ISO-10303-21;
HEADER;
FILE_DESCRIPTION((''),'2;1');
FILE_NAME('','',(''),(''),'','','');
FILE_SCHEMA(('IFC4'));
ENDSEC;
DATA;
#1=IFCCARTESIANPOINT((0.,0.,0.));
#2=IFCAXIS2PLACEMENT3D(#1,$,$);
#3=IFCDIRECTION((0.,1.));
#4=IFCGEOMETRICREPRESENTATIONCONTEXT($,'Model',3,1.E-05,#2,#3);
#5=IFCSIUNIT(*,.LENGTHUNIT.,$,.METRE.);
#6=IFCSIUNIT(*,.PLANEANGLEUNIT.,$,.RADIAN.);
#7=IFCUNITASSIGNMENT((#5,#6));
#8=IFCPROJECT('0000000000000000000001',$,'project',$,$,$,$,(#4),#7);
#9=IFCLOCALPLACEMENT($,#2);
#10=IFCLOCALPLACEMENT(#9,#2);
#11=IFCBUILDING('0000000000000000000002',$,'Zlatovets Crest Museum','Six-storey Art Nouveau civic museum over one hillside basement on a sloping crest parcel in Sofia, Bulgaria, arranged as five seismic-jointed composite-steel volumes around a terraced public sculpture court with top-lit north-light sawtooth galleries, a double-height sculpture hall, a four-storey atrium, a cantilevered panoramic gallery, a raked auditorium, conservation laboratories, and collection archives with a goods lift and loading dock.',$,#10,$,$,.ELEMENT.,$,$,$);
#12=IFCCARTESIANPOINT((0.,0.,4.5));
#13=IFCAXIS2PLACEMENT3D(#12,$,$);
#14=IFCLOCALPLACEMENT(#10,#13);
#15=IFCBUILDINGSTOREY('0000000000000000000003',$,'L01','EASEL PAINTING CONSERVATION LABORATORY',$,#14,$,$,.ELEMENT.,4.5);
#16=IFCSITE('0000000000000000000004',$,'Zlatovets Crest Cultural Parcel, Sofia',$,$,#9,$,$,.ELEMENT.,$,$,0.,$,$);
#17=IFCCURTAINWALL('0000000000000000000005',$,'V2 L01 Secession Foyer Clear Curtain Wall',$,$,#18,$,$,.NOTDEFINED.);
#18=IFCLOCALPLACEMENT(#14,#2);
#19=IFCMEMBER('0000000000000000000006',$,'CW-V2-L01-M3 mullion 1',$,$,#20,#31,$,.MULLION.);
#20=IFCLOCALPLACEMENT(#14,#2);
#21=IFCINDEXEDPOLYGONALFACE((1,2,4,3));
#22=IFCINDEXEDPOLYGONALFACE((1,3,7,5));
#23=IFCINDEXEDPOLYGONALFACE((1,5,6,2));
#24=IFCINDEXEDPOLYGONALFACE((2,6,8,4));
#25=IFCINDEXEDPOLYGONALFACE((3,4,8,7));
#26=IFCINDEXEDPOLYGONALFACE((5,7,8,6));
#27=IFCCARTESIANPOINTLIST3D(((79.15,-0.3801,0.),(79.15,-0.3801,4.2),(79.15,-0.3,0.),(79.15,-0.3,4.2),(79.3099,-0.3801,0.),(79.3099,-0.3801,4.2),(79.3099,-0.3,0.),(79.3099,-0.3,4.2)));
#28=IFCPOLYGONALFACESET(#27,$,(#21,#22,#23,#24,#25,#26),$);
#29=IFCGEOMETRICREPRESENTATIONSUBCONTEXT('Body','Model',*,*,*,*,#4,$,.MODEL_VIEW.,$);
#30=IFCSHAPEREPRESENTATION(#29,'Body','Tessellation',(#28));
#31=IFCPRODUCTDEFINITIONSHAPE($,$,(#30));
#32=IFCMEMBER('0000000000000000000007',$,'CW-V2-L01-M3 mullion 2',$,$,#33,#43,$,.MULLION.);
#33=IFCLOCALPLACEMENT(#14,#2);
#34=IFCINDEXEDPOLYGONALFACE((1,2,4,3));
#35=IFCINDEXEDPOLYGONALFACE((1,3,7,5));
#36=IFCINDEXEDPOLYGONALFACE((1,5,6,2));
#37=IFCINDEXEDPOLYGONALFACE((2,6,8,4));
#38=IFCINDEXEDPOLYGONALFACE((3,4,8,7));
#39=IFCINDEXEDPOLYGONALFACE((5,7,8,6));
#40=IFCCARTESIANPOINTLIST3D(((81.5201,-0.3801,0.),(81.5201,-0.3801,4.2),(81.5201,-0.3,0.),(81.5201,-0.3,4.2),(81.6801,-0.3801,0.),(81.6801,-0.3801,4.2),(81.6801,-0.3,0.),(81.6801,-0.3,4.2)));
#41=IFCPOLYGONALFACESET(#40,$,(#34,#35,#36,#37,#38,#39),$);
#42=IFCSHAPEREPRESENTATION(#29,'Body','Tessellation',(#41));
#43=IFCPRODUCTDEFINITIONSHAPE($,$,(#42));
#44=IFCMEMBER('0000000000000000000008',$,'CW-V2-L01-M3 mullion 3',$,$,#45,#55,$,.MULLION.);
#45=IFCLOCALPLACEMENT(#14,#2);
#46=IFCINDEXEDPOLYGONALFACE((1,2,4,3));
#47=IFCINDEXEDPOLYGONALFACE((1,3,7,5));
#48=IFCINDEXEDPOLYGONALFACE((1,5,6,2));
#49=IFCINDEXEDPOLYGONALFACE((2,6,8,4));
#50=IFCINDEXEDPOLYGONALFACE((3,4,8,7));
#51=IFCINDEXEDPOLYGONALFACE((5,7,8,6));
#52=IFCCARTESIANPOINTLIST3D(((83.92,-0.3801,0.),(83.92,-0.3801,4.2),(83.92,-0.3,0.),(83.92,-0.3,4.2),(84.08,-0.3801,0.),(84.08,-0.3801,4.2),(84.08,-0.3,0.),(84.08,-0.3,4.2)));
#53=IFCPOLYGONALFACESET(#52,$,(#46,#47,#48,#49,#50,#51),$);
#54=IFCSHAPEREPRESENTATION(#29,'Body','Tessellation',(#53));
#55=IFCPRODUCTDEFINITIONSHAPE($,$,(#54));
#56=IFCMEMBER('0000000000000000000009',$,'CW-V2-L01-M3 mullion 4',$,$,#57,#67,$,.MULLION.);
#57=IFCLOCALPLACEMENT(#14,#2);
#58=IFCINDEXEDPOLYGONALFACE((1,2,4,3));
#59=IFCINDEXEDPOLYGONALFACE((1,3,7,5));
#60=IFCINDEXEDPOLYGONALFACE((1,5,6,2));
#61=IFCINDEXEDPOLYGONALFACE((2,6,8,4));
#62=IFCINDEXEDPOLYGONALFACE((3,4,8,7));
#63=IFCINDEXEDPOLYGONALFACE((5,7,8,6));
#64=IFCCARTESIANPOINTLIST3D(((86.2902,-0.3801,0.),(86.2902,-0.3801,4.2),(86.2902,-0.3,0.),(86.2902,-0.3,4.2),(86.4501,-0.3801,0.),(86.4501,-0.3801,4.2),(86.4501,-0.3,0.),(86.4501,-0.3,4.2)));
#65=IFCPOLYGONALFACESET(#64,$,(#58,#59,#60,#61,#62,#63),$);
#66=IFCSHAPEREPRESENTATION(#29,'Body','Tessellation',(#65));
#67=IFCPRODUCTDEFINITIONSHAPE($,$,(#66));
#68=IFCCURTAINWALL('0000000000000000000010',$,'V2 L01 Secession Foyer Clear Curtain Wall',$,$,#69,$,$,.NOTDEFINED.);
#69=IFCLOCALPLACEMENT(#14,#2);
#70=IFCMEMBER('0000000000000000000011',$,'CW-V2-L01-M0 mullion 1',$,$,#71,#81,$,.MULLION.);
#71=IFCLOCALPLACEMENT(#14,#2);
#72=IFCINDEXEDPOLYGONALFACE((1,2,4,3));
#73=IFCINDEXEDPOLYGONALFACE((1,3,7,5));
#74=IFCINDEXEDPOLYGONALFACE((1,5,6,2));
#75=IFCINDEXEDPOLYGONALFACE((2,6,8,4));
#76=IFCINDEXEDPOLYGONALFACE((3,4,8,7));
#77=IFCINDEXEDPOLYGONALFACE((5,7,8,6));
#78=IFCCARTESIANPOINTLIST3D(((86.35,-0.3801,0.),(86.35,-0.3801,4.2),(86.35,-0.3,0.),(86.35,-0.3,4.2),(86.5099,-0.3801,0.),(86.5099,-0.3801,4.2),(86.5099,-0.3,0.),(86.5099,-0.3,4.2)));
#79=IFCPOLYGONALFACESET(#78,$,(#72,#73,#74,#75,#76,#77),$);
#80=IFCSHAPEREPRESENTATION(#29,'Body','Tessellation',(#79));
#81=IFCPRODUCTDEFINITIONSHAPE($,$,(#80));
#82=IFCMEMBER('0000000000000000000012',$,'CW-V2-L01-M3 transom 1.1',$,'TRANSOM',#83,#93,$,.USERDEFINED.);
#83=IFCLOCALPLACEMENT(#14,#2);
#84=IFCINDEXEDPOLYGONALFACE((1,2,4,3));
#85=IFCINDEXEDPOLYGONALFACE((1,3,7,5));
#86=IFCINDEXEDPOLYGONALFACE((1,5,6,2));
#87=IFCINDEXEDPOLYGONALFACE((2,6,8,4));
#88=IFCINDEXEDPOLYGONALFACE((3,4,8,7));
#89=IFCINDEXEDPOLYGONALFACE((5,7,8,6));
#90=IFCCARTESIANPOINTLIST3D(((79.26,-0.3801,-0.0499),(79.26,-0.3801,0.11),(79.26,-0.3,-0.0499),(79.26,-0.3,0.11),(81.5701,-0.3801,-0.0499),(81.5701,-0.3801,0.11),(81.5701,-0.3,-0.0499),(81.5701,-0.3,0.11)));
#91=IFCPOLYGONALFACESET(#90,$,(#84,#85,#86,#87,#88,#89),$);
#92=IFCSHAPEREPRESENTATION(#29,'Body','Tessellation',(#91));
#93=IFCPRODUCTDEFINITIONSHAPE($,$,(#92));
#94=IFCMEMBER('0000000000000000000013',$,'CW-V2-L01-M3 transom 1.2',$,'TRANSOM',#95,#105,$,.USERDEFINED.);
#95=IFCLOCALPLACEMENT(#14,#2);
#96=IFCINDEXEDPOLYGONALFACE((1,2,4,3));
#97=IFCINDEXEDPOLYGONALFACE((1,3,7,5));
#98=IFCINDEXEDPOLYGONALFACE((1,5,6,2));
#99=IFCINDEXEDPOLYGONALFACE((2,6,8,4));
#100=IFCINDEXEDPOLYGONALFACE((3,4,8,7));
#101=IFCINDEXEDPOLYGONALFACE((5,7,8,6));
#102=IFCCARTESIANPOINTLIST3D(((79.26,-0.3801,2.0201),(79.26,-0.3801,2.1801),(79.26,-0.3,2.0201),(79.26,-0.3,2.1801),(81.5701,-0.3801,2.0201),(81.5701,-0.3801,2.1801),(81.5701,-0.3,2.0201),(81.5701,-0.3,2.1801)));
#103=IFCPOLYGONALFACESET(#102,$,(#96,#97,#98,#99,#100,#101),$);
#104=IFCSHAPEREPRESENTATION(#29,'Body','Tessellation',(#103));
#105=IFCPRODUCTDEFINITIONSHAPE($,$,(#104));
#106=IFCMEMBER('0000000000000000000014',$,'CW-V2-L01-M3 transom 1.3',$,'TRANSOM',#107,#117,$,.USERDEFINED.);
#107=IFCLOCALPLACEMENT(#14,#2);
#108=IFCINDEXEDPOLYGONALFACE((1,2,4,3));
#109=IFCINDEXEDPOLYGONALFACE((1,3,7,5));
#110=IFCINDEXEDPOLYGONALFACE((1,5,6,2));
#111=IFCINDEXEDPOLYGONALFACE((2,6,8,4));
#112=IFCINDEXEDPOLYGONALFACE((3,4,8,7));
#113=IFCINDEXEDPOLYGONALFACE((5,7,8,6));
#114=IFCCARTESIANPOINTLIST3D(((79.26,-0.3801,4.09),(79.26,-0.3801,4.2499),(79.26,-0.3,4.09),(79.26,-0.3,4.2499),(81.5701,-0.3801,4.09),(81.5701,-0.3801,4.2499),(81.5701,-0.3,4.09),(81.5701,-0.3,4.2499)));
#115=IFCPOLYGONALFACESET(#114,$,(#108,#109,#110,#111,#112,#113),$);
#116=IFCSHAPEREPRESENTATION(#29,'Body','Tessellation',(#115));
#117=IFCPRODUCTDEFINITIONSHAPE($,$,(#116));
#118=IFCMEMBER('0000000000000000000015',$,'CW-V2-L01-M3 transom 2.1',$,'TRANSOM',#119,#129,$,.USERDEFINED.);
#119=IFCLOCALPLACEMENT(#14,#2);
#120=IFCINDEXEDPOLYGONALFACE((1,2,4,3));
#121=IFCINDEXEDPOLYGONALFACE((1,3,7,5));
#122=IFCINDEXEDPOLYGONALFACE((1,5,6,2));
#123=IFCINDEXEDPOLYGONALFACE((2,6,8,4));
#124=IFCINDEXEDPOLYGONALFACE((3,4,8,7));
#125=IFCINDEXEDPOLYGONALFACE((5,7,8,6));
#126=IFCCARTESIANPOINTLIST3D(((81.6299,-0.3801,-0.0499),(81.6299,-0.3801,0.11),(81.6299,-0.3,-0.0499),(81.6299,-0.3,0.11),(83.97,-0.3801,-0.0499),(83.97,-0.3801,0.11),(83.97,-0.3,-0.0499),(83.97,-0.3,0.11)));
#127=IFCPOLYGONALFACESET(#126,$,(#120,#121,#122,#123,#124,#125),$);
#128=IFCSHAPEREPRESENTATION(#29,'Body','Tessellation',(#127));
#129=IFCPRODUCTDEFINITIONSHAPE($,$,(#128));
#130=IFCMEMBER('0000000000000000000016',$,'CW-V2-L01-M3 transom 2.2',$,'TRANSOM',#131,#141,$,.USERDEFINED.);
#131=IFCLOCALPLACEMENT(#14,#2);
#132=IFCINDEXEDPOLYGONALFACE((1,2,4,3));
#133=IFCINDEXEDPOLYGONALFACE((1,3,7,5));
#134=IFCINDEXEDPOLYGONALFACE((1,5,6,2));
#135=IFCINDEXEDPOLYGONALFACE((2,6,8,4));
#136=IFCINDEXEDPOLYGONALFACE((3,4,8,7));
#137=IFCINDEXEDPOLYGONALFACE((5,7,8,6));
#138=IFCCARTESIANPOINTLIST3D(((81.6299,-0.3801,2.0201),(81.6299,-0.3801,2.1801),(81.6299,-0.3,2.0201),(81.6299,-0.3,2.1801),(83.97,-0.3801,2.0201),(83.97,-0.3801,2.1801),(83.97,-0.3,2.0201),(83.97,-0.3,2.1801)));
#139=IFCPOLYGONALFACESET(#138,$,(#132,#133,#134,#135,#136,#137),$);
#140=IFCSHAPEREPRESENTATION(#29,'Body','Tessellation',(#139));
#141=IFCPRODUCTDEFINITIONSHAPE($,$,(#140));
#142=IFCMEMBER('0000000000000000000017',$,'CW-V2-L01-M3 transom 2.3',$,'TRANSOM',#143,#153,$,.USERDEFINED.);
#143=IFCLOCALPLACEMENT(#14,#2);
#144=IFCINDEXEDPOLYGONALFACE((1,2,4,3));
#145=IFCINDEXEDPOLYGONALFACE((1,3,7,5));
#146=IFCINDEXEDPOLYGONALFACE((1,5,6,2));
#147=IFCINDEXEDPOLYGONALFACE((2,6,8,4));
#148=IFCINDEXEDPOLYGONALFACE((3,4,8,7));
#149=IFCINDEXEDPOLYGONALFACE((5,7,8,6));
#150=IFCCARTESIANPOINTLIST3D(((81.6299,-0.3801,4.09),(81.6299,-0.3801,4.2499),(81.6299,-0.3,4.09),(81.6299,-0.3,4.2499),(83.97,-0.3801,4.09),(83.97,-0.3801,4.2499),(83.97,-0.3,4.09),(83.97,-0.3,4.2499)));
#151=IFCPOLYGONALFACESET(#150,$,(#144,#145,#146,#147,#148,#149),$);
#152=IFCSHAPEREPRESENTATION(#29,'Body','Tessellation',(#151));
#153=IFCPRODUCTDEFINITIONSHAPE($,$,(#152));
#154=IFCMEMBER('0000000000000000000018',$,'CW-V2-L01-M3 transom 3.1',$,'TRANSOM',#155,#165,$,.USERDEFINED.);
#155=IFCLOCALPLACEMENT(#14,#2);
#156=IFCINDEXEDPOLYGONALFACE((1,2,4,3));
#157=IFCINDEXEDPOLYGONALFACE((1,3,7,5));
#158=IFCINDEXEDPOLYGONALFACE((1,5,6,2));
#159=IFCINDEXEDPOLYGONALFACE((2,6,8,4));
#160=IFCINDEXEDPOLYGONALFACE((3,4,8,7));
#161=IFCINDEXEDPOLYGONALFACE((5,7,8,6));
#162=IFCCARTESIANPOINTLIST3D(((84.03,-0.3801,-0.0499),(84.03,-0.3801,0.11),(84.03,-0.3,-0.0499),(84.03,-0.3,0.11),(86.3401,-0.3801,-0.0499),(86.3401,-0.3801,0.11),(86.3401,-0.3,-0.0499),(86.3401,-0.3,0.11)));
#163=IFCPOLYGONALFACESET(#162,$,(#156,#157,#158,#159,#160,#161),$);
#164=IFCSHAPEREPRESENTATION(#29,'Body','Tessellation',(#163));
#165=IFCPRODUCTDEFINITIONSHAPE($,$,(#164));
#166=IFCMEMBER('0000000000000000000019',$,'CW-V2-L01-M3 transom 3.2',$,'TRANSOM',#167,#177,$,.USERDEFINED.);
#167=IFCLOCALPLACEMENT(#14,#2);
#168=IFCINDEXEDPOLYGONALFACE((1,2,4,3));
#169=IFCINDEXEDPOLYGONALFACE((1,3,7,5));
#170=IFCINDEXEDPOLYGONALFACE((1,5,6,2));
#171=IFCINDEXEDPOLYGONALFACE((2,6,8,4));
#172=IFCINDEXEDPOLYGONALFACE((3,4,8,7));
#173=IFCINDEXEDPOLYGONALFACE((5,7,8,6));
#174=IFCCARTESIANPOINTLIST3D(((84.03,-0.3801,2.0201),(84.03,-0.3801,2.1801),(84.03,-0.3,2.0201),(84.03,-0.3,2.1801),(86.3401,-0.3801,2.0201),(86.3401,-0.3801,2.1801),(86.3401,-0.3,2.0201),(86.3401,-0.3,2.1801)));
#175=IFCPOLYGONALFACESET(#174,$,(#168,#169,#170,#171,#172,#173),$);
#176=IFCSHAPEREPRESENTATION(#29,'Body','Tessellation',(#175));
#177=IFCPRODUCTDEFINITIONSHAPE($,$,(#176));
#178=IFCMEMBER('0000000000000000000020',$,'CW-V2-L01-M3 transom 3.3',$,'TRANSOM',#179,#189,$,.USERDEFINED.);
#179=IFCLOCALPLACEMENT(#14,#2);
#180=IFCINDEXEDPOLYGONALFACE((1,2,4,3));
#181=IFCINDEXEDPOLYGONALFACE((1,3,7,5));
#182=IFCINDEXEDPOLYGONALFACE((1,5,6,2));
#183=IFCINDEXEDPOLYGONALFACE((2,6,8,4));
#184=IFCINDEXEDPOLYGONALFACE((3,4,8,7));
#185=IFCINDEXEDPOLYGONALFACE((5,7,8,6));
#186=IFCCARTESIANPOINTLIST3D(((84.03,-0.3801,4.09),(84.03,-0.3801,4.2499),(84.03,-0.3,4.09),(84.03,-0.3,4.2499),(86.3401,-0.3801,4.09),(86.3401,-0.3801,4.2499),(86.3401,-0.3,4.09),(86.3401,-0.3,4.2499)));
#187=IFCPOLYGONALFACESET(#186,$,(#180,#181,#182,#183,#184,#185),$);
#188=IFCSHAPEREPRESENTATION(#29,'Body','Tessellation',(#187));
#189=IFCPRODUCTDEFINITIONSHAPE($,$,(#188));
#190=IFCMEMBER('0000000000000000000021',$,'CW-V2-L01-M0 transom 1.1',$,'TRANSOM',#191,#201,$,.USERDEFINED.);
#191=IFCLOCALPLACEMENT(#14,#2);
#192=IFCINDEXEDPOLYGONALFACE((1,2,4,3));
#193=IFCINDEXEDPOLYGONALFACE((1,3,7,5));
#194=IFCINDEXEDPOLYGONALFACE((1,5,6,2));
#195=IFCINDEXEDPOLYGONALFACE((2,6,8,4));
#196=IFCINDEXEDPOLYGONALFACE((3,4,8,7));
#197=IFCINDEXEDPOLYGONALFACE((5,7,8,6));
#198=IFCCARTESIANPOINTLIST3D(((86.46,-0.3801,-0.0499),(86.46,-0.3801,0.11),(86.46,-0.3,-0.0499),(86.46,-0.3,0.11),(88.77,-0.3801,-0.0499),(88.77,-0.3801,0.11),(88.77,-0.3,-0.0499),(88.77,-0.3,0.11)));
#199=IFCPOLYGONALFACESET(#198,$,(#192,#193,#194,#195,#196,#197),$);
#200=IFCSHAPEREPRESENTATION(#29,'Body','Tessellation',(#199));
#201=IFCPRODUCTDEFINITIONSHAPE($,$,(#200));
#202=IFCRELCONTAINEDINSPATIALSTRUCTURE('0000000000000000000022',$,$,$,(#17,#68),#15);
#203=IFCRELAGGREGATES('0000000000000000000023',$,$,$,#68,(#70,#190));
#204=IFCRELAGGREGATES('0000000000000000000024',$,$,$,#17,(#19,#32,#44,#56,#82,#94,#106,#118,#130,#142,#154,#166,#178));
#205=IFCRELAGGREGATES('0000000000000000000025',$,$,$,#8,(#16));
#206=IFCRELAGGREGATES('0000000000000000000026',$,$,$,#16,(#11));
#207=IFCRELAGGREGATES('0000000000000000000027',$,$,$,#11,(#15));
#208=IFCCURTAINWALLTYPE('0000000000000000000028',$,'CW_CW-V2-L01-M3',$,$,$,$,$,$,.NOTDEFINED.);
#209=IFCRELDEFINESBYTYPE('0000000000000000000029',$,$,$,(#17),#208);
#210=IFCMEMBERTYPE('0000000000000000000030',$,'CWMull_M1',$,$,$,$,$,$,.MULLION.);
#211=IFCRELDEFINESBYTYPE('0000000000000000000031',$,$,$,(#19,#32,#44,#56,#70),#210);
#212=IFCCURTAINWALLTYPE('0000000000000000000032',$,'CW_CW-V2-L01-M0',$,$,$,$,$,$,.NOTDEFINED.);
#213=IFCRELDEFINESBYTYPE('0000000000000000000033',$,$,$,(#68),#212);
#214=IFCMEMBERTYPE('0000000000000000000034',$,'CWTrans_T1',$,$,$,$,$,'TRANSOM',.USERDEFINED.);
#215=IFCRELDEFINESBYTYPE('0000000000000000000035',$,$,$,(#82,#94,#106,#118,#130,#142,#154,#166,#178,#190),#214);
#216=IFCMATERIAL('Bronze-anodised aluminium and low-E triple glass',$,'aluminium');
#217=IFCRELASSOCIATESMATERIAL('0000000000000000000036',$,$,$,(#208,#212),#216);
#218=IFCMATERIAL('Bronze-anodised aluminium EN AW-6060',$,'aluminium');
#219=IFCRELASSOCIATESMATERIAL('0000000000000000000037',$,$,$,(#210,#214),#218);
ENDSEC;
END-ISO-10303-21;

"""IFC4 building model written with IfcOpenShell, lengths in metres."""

from ifc_helpers import new_model, si_unit, direction, frame, origin, origin_2d, place, context, subcontext, project, spatial, rectangle, extrude, material, material_profile, profile_set, type_object, element, aggregate, save


model = new_model("IFC4")

# Units and contexts
model_context = context("Model", 3, precision=1e-05, world=origin(), true_north=direction((0.0, 1.0)))
body_context = subcontext(model_context, "Body", "Model", "MODEL_VIEW")
ifc_project = project(units=[si_unit("LENGTHUNIT", "METRE"), si_unit("PLANEANGLEUNIT", "RADIAN")], contexts=[model_context])

# Site, building, storey
site_placement = place(None, origin())
site = spatial("IfcSite", under=ifc_project, at=site_placement, Name="Zlatovets Crest Cultural Parcel, Sofia", CompositionType="ELEMENT", RefElevation=0.0)
building_placement = place(site_placement, origin())
building = spatial("IfcBuilding", under=site, at=building_placement, Name="Zlatovets Crest Museum", Description="Six-storey Art Nouveau civic museum over one hillside basement on a sloping crest parcel in Sofia, Bulgaria, arranged as five seismic-jointed composite-steel volumes around a terraced public sculpture court with top-lit north-light sawtooth galleries, a double-height sculpture hall, a four-storey atrium, a cantilevered panoramic gallery, a raked auditorium, conservation laboratories, and collection archives with a goods lift and loading dock.", CompositionType="ELEMENT")
storey_placement = place(building_placement, frame((0.0, 0.0, 4.5)))
storey = spatial("IfcBuildingStorey", under=building, at=storey_placement, Name="L01", Description="EASEL PAINTING CONSERVATION LABORATORY", CompositionType="ELEMENT", Elevation=4.5)

# Curtain wall, members
ifc_material_1 = material(Name="Bronze-anodised aluminium and low-E triple glass", Category="aluminium")
curtain_wall_type_1 = type_object("IfcCurtainWallType", Name="CW_CW-V2-L01-M3", PredefinedType="NOTDEFINED", material=ifc_material_1)
curtain_wall_1_placement = place(storey_placement, origin())
curtain_wall_1 = element("IfcCurtainWall", 1, at=curtain_wall_1_placement, inside=storey, type_object=curtain_wall_type_1, Name="V2 L01 Secession Foyer Clear Curtain Wall", PredefinedType="NOTDEFINED")
ifc_material_2 = material(Name="Bronze-anodised aluminium EN AW-6060", Category="aluminium")
ifc_material_profile_1 = material_profile(ifc_material_2, rectangle(XDim=0.0801, YDim=0.1599, at=origin_2d()), Name="ALU 80x160")
ifc_profile_set_1 = profile_set([ifc_material_profile_1], Name="Bronze-anodised aluminium EN AW-6060")
member_type_1 = type_object("IfcMemberType", Name="CWMull_M1", PredefinedType="MULLION", material=ifc_profile_set_1)
member_1_placement = place(storey_placement, frame((79.23, -0.3401, 0.0), z_axis=(0.0, 0.0, 1.0), x_axis=(0.0, 1.0, 0.0)))
member_1 = element("IfcMember", 2, at=member_1_placement, type_object=member_type_1, Name="CW-V2-L01-M3 mullion 1", PredefinedType="MULLION", context=body_context, shape_type="SweptSolid", body=[
    extrude(rectangle(XDim=0.0801, YDim=0.1599, at=origin_2d()), origin(), (0.0, 0.0, 1.0), 4.2),
])
member_2_placement = place(storey_placement, frame((81.6001, -0.3401, 0.0), z_axis=(0.0, 0.0, 1.0), x_axis=(0.0, 1.0, 0.0)))
member_2 = element("IfcMember", 3, at=member_2_placement, type_object=member_type_1, Name="CW-V2-L01-M3 mullion 2", PredefinedType="MULLION", context=body_context, shape_type="SweptSolid", body=[
    extrude(rectangle(XDim=0.0801, YDim=0.1599, at=origin_2d()), origin(), (0.0, 0.0, 1.0), 4.2),
])
member_3_placement = place(storey_placement, frame((84.0, -0.3401, 0.0), z_axis=(0.0, 0.0, 1.0), x_axis=(0.0, 1.0, 0.0)))
member_3 = element("IfcMember", 4, at=member_3_placement, type_object=member_type_1, Name="CW-V2-L01-M3 mullion 3", PredefinedType="MULLION", context=body_context, shape_type="SweptSolid", body=[
    extrude(rectangle(XDim=0.0801, YDim=0.1599, at=origin_2d()), origin(), (0.0, 0.0, 1.0), 4.2),
])
member_4_placement = place(storey_placement, frame((86.3701, -0.3401, 0.0), z_axis=(0.0, 0.0, 1.0), x_axis=(0.0, 1.0, 0.0)))
member_4 = element("IfcMember", 5, at=member_4_placement, type_object=member_type_1, Name="CW-V2-L01-M3 mullion 4", PredefinedType="MULLION", context=body_context, shape_type="SweptSolid", body=[
    extrude(rectangle(XDim=0.0801, YDim=0.1599, at=origin_2d()), origin(), (0.0, 0.0, 1.0), 4.2),
])

# Curtain wall, member
curtain_wall_type_2 = type_object("IfcCurtainWallType", Name="CW_CW-V2-L01-M0", PredefinedType="NOTDEFINED", material=ifc_material_1)
curtain_wall_2_placement = place(storey_placement, origin())
curtain_wall_2 = element("IfcCurtainWall", 6, at=curtain_wall_2_placement, inside=storey, type_object=curtain_wall_type_2, Name="V2 L01 Secession Foyer Clear Curtain Wall", PredefinedType="NOTDEFINED")
member_5_placement = place(storey_placement, frame((86.4299, -0.3401, 0.0), z_axis=(0.0, 0.0, 1.0), x_axis=(0.0, 1.0, 0.0)))
member_5 = element("IfcMember", 7, at=member_5_placement, type_object=member_type_1, Name="CW-V2-L01-M0 mullion 1", PredefinedType="MULLION", context=body_context, shape_type="SweptSolid", body=[
    extrude(rectangle(XDim=0.0801, YDim=0.1599, at=origin_2d()), origin(), (0.0, 0.0, 1.0), 4.2),
])

# Members
ifc_material_profile_2 = material_profile(ifc_material_2, rectangle(XDim=0.0801, YDim=0.1599, at=origin_2d()), Name="ALU 80x160")
ifc_profile_set_2 = profile_set([ifc_material_profile_2], Name="Bronze-anodised aluminium EN AW-6060")
member_type_2 = type_object("IfcMemberType", Name="CWTrans_T1", ElementType="TRANSOM", PredefinedType="USERDEFINED", material=ifc_profile_set_2)
member_6_placement = place(storey_placement, frame((79.26, -0.3401, 0.03), z_axis=(1.0, 0.0, 0.0), x_axis=(0.0, 1.0, 0.0)))
member_6 = element("IfcMember", 8, at=member_6_placement, type_object=member_type_2, Name="CW-V2-L01-M3 transom 1.1", ObjectType="TRANSOM", PredefinedType="USERDEFINED", context=body_context, shape_type="SweptSolid", body=[
    extrude(rectangle(XDim=0.0801, YDim=0.1599, at=origin_2d()), origin(), (0.0, 0.0, 1.0), 2.3101),
])
member_7_placement = place(storey_placement, frame((79.26, -0.3401, 2.1001), z_axis=(1.0, 0.0, 0.0), x_axis=(0.0, 1.0, 0.0)))
member_7 = element("IfcMember", 9, at=member_7_placement, type_object=member_type_2, Name="CW-V2-L01-M3 transom 1.2", ObjectType="TRANSOM", PredefinedType="USERDEFINED", context=body_context, shape_type="SweptSolid", body=[
    extrude(rectangle(XDim=0.0801, YDim=0.1599, at=origin_2d()), origin(), (0.0, 0.0, 1.0), 2.3101),
])
member_8_placement = place(storey_placement, frame((79.26, -0.3401, 4.1699), z_axis=(1.0, 0.0, 0.0), x_axis=(0.0, 1.0, 0.0)))
member_8 = element("IfcMember", 10, at=member_8_placement, type_object=member_type_2, Name="CW-V2-L01-M3 transom 1.3", ObjectType="TRANSOM", PredefinedType="USERDEFINED", context=body_context, shape_type="SweptSolid", body=[
    extrude(rectangle(XDim=0.0801, YDim=0.1599, at=origin_2d()), origin(), (0.0, 0.0, 1.0), 2.3101),
])
member_9_placement = place(storey_placement, frame((81.6299, -0.3401, 0.03), z_axis=(1.0, 0.0, 0.0), x_axis=(0.0, 1.0, 0.0)))
member_9 = element("IfcMember", 11, at=member_9_placement, type_object=member_type_2, Name="CW-V2-L01-M3 transom 2.1", ObjectType="TRANSOM", PredefinedType="USERDEFINED", context=body_context, shape_type="SweptSolid", body=[
    extrude(rectangle(XDim=0.0801, YDim=0.1599, at=origin_2d()), origin(), (0.0, 0.0, 1.0), 2.3401),
])
member_10_placement = place(storey_placement, frame((81.6299, -0.3401, 2.1001), z_axis=(1.0, 0.0, 0.0), x_axis=(0.0, 1.0, 0.0)))
member_10 = element("IfcMember", 12, at=member_10_placement, type_object=member_type_2, Name="CW-V2-L01-M3 transom 2.2", ObjectType="TRANSOM", PredefinedType="USERDEFINED", context=body_context, shape_type="SweptSolid", body=[
    extrude(rectangle(XDim=0.0801, YDim=0.1599, at=origin_2d()), origin(), (0.0, 0.0, 1.0), 2.3401),
])
member_11_placement = place(storey_placement, frame((81.6299, -0.3401, 4.1699), z_axis=(1.0, 0.0, 0.0), x_axis=(0.0, 1.0, 0.0)))
member_11 = element("IfcMember", 13, at=member_11_placement, type_object=member_type_2, Name="CW-V2-L01-M3 transom 2.3", ObjectType="TRANSOM", PredefinedType="USERDEFINED", context=body_context, shape_type="SweptSolid", body=[
    extrude(rectangle(XDim=0.0801, YDim=0.1599, at=origin_2d()), origin(), (0.0, 0.0, 1.0), 2.3401),
])
member_12_placement = place(storey_placement, frame((84.03, -0.3401, 0.03), z_axis=(1.0, 0.0, 0.0), x_axis=(0.0, 1.0, 0.0)))
member_12 = element("IfcMember", 14, at=member_12_placement, type_object=member_type_2, Name="CW-V2-L01-M3 transom 3.1", ObjectType="TRANSOM", PredefinedType="USERDEFINED", context=body_context, shape_type="SweptSolid", body=[
    extrude(rectangle(XDim=0.0801, YDim=0.1599, at=origin_2d()), origin(), (0.0, 0.0, 1.0), 2.3101),
])
member_13_placement = place(storey_placement, frame((84.03, -0.3401, 2.1001), z_axis=(1.0, 0.0, 0.0), x_axis=(0.0, 1.0, 0.0)))
member_13 = element("IfcMember", 15, at=member_13_placement, type_object=member_type_2, Name="CW-V2-L01-M3 transom 3.2", ObjectType="TRANSOM", PredefinedType="USERDEFINED", context=body_context, shape_type="SweptSolid", body=[
    extrude(rectangle(XDim=0.0801, YDim=0.1599, at=origin_2d()), origin(), (0.0, 0.0, 1.0), 2.3101),
])
member_14_placement = place(storey_placement, frame((84.03, -0.3401, 4.1699), z_axis=(1.0, 0.0, 0.0), x_axis=(0.0, 1.0, 0.0)))
member_14 = element("IfcMember", 16, at=member_14_placement, type_object=member_type_2, Name="CW-V2-L01-M3 transom 3.3", ObjectType="TRANSOM", PredefinedType="USERDEFINED", context=body_context, shape_type="SweptSolid", body=[
    extrude(rectangle(XDim=0.0801, YDim=0.1599, at=origin_2d()), origin(), (0.0, 0.0, 1.0), 2.3101),
])
member_15_placement = place(storey_placement, frame((86.46, -0.3401, 0.03), z_axis=(1.0, 0.0, 0.0), x_axis=(0.0, 1.0, 0.0)))
member_15 = element("IfcMember", 17, at=member_15_placement, type_object=member_type_2, Name="CW-V2-L01-M0 transom 1.1", ObjectType="TRANSOM", PredefinedType="USERDEFINED", context=body_context, shape_type="SweptSolid", body=[
    extrude(rectangle(XDim=0.0801, YDim=0.1599, at=origin_2d()), origin(), (0.0, 0.0, 1.0), 2.3101),
])
aggregate(curtain_wall_2, [member_5, member_15])

aggregate(curtain_wall_1, [member_1, member_2, member_3, member_4, member_6, member_7, member_8, member_9, member_10, member_11, member_12, member_13, member_14])

save(model, "model.ifc")
